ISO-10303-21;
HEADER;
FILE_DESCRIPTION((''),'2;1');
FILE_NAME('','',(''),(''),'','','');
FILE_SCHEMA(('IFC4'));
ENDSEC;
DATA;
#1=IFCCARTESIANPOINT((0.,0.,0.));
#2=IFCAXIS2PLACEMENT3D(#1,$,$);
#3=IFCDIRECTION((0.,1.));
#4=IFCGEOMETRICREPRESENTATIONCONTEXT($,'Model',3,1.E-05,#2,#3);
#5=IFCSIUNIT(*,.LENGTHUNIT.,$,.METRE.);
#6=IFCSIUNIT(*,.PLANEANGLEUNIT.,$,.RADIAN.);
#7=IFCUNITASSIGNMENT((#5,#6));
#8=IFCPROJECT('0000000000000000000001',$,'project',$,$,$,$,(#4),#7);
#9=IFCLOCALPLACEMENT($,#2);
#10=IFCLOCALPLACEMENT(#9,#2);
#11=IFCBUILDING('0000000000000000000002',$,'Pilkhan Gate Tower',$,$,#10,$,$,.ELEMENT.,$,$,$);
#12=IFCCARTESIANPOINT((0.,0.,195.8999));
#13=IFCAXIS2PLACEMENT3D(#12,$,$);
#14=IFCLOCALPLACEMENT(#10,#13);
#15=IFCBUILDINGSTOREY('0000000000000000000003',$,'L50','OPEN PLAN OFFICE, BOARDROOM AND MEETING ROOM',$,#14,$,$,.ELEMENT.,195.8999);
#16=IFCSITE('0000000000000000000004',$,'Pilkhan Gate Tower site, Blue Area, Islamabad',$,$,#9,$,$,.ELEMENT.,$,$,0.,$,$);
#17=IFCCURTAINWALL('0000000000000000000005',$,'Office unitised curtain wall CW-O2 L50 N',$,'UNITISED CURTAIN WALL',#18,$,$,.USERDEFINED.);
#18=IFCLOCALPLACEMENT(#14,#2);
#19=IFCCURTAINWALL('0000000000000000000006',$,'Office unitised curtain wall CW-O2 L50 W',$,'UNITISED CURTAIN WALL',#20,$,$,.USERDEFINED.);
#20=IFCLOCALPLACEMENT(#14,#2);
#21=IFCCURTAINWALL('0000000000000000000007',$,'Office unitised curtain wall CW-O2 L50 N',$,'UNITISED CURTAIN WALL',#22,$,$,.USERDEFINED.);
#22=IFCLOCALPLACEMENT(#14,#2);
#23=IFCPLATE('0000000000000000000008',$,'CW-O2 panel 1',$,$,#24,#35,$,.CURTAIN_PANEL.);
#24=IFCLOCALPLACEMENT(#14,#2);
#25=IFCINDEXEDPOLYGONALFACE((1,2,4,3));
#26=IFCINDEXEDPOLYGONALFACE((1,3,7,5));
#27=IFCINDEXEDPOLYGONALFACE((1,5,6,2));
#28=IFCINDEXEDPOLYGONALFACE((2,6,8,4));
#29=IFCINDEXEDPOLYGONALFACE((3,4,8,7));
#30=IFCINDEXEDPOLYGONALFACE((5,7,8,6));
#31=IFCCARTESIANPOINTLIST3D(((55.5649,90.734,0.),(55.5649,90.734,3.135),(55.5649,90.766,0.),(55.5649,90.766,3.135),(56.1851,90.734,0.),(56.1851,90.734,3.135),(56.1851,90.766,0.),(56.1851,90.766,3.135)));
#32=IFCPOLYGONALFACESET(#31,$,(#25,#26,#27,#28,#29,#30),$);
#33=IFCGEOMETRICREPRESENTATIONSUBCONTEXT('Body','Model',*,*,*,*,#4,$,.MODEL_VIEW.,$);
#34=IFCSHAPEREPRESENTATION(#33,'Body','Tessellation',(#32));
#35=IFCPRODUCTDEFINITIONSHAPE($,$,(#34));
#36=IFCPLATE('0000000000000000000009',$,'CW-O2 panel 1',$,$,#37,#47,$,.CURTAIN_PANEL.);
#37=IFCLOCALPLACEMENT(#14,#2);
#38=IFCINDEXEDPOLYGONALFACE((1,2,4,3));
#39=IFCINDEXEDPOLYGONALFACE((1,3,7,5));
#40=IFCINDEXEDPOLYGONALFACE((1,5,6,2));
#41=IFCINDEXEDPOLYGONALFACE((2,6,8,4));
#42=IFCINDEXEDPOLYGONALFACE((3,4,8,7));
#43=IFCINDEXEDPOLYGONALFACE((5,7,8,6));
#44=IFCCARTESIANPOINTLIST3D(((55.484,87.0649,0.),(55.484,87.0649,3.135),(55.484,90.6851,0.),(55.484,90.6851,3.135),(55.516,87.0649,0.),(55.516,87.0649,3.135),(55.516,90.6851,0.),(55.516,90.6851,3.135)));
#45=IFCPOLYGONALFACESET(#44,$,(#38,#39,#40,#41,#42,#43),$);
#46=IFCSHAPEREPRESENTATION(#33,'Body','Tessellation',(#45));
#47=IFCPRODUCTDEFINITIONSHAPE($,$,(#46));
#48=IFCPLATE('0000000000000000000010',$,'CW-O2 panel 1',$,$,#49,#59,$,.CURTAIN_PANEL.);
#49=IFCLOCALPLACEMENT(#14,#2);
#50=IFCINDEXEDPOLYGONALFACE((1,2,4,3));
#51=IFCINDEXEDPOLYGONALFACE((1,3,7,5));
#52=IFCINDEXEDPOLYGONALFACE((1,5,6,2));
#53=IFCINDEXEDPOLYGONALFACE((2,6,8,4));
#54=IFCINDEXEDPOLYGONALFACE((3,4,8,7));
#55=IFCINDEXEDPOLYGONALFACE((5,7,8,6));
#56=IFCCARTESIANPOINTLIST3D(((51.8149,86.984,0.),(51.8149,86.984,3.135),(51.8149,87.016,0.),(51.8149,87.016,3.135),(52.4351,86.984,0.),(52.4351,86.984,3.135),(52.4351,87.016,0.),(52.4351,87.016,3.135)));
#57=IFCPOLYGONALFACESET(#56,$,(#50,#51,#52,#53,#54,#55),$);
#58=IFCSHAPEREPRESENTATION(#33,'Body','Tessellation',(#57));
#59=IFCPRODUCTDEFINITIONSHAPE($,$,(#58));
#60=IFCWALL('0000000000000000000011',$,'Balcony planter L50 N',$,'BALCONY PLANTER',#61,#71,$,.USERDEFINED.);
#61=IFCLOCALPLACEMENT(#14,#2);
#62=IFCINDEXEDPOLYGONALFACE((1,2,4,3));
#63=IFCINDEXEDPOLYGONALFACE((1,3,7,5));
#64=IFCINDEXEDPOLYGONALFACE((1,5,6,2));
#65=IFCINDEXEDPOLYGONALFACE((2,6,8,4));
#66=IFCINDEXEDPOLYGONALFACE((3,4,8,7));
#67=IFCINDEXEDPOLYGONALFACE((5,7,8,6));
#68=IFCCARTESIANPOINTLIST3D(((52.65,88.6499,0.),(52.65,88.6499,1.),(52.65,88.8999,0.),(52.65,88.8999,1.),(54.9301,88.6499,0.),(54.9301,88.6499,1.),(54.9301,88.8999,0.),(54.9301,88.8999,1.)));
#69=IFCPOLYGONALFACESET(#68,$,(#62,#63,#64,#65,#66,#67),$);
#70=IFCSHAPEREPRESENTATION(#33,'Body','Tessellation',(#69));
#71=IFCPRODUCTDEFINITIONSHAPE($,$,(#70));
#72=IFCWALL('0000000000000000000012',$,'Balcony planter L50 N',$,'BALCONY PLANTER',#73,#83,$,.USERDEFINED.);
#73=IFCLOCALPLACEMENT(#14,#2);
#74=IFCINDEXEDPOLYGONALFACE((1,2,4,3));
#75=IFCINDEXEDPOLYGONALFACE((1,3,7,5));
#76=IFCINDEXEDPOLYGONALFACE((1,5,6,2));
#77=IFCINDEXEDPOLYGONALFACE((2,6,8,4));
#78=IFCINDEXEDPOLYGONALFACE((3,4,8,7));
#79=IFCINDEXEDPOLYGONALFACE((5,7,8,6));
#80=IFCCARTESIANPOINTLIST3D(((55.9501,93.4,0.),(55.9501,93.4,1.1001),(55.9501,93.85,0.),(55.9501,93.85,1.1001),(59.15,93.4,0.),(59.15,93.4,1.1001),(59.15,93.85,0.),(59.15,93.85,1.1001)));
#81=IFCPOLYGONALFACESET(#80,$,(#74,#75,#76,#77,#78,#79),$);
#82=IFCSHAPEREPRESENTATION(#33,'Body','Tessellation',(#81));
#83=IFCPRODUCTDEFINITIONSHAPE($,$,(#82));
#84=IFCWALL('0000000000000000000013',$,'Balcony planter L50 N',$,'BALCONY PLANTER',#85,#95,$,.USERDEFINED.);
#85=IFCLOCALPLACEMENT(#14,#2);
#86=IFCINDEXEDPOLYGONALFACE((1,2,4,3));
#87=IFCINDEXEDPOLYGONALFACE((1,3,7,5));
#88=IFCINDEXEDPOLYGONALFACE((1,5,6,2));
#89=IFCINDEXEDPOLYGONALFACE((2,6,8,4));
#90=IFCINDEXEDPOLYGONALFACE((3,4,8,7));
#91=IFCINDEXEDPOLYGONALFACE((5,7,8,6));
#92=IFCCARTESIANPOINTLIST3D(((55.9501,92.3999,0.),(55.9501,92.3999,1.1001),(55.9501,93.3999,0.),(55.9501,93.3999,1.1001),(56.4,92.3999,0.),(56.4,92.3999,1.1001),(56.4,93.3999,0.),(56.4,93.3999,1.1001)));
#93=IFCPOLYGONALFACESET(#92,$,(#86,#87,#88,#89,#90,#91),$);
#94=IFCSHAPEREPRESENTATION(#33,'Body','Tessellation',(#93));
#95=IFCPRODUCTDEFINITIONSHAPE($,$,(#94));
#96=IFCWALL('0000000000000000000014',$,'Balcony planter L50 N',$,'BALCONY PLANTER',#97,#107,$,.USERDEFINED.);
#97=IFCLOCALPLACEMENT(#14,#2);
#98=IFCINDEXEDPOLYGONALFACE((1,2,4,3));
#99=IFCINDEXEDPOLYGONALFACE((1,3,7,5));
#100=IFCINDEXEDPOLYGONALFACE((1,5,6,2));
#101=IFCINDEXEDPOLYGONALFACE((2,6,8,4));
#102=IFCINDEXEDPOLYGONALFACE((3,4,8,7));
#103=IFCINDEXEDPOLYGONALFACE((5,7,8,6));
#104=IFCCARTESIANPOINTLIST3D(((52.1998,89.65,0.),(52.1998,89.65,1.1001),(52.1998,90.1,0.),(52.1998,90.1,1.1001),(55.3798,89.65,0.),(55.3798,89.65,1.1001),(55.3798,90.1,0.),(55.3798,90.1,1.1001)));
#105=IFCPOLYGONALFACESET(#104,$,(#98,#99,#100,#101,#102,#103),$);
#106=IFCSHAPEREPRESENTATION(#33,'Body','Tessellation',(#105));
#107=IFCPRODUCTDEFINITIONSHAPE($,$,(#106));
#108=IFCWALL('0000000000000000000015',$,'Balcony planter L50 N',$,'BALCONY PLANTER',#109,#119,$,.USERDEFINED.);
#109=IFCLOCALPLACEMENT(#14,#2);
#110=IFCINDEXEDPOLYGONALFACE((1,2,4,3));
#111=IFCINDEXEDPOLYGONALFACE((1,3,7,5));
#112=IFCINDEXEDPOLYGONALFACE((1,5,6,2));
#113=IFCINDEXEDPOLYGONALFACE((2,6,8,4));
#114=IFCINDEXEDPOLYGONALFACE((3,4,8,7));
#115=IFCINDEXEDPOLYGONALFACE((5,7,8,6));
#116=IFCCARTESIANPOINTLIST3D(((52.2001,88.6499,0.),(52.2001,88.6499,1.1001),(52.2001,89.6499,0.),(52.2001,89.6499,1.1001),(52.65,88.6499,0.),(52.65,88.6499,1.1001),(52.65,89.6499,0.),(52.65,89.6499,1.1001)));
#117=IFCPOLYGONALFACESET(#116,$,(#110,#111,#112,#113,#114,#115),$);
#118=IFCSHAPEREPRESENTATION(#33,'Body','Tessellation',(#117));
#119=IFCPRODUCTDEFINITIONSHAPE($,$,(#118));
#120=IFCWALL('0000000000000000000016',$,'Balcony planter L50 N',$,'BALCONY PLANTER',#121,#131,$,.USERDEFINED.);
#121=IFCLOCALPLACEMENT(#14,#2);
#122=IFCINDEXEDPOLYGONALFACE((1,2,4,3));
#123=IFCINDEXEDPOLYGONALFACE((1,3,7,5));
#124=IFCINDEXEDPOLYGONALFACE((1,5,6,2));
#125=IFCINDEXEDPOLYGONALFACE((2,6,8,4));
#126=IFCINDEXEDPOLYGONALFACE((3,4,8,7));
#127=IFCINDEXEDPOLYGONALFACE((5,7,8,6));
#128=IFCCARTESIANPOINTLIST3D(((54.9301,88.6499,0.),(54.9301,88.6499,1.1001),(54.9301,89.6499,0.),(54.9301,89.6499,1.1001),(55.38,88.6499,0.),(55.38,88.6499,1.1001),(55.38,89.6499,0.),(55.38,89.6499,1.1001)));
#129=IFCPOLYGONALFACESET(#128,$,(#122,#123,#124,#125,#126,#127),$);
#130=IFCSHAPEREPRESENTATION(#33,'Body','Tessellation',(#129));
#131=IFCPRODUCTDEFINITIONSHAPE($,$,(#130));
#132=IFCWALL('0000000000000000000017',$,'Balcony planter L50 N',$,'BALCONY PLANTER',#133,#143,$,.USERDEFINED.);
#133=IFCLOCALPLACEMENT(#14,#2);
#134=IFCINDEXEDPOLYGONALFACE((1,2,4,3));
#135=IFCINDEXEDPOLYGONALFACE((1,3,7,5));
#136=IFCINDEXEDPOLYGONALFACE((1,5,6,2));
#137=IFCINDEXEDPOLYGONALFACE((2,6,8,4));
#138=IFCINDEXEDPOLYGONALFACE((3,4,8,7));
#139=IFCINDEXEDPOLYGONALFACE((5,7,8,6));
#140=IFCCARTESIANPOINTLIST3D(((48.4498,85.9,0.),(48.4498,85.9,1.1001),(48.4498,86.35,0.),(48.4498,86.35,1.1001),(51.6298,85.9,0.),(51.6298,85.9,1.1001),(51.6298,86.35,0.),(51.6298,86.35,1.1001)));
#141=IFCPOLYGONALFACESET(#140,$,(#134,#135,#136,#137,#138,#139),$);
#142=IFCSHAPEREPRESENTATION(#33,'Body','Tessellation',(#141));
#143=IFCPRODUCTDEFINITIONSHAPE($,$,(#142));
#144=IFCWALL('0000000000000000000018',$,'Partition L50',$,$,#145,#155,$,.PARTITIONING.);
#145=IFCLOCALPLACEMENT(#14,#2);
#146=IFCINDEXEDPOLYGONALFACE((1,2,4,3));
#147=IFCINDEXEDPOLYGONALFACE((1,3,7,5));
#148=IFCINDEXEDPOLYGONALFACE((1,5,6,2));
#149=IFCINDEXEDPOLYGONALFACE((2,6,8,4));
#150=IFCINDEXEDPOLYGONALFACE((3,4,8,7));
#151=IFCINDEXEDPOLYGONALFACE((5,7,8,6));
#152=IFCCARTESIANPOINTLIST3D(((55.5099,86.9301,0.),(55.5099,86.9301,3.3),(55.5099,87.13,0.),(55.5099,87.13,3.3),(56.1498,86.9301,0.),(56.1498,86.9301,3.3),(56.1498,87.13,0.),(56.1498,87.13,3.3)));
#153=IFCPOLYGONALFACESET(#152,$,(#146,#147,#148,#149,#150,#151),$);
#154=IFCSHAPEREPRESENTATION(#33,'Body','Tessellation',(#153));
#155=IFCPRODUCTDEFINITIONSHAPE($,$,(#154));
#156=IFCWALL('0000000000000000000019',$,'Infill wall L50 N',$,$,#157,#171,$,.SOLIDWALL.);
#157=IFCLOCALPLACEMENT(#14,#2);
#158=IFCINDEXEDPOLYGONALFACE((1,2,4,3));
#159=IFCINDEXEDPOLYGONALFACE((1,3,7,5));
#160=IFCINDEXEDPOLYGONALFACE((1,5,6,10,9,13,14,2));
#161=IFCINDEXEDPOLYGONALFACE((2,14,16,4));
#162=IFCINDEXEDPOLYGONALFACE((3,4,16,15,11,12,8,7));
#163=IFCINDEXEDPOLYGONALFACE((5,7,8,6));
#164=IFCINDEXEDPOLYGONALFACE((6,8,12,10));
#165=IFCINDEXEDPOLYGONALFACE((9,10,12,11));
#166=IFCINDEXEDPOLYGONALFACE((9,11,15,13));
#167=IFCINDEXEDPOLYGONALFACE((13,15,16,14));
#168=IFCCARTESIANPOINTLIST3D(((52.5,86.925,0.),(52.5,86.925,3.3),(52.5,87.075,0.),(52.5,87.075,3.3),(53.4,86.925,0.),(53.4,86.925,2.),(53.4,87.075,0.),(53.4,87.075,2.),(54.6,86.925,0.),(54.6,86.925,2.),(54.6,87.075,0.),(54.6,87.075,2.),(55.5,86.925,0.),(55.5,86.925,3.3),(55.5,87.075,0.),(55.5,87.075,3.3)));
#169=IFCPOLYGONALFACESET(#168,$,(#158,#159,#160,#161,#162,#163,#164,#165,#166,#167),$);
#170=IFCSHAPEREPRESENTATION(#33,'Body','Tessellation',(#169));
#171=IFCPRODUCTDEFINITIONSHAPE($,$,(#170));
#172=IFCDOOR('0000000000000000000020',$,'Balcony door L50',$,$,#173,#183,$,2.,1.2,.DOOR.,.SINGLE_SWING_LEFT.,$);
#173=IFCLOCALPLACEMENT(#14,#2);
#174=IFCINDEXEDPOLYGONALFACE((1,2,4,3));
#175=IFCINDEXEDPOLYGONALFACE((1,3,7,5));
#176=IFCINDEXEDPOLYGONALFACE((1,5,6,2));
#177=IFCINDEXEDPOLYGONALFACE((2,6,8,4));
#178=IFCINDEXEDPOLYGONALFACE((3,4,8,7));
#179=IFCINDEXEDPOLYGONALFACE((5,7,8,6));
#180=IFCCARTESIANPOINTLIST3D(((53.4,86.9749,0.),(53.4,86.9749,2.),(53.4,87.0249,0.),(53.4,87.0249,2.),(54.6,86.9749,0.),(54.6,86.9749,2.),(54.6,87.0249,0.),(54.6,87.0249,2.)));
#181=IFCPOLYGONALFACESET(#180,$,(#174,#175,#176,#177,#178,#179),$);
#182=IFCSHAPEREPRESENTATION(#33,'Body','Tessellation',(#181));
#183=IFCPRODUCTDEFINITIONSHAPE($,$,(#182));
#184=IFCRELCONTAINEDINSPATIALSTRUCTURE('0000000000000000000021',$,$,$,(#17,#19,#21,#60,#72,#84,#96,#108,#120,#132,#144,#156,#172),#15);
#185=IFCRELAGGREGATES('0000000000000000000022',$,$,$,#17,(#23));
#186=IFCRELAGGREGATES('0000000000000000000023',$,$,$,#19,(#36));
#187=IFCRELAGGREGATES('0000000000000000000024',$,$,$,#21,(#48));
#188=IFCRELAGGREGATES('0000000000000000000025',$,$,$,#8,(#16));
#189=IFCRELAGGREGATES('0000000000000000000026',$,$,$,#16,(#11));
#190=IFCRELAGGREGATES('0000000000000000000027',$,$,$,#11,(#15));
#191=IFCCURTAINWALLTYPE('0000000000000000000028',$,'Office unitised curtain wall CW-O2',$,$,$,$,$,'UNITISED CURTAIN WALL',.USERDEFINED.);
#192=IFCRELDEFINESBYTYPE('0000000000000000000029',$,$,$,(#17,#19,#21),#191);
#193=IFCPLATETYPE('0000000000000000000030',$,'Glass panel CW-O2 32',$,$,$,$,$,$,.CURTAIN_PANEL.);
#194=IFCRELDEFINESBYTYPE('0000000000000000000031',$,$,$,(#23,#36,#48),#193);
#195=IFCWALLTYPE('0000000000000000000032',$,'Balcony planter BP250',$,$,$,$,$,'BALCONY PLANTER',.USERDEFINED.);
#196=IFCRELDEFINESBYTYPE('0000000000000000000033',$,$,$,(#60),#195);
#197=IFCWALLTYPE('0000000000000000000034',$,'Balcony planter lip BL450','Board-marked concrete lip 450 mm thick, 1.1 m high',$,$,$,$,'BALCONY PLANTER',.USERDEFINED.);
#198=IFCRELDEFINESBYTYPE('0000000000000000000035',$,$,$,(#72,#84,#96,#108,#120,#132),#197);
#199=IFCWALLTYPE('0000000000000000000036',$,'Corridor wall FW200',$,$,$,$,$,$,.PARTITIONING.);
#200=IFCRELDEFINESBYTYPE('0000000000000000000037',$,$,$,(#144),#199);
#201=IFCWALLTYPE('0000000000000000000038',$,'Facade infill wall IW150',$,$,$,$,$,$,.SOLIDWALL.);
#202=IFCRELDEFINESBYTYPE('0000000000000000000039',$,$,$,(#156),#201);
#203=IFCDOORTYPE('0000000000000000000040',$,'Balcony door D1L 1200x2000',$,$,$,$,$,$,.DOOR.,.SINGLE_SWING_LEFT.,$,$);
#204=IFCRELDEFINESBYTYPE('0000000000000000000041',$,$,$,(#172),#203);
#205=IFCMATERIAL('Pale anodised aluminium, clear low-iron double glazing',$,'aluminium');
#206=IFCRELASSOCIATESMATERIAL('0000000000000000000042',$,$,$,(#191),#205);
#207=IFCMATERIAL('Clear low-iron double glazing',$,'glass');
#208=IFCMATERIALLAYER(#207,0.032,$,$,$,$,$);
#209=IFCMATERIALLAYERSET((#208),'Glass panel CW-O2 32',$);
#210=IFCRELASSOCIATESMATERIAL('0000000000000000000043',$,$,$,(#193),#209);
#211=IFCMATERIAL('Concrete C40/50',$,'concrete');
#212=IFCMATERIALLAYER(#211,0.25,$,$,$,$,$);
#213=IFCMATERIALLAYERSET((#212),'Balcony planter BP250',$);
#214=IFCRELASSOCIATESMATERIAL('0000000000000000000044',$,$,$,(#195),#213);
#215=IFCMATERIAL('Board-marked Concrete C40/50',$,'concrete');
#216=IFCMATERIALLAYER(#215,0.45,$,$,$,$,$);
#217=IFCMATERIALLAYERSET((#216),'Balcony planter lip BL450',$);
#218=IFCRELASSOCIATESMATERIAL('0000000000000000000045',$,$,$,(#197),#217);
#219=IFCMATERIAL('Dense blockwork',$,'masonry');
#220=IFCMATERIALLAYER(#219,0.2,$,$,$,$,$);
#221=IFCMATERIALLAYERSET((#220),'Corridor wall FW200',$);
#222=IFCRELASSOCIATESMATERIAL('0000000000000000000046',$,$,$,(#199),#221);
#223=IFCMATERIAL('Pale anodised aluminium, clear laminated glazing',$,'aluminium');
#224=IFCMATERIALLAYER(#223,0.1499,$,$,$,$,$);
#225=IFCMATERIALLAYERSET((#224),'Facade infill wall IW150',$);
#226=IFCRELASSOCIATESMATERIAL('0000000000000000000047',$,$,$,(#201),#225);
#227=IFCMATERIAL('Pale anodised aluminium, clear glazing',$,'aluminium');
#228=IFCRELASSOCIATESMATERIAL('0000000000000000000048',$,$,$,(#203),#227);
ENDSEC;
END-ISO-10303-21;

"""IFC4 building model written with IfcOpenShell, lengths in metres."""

from ifc_helpers import new_model, si_unit, direction, frame, frame_2d, origin, origin_2d, place, context, subcontext, project, spatial, rectangle, extrude, material, layer, layer_set, type_object, element, fill, aggregate, save


model = new_model("IFC4")

# Units and contexts
model_context = context("Model", 3, precision=1e-05, world=origin(), true_north=direction((0.0, 1.0)))
body_context = subcontext(model_context, "Body", "Model", "MODEL_VIEW")
ifc_project = project(units=[si_unit("LENGTHUNIT", "METRE"), si_unit("PLANEANGLEUNIT", "RADIAN")], contexts=[model_context])

# Site, building, storey
site_placement = place(None, origin())
site = spatial("IfcSite", under=ifc_project, at=site_placement, Name="Pilkhan Gate Tower site, Blue Area, Islamabad", CompositionType="ELEMENT", RefElevation=0.0)
building_placement = place(site_placement, origin())
building = spatial("IfcBuilding", under=site, at=building_placement, Name="Pilkhan Gate Tower", CompositionType="ELEMENT")
storey_placement = place(building_placement, frame((0.0, 0.0, 195.8999)))
storey = spatial("IfcBuildingStorey", under=building, at=storey_placement, Name="L50", Description="OPEN PLAN OFFICE, BOARDROOM AND MEETING ROOM", CompositionType="ELEMENT", Elevation=195.8999)

# Curtain wall
ifc_material_1 = material(Name="Pale anodised aluminium, clear low-iron double glazing", Category="aluminium")
curtain_wall_type = type_object("IfcCurtainWallType", Name="Office unitised curtain wall CW-O2", ElementType="UNITISED CURTAIN WALL", PredefinedType="USERDEFINED", material=ifc_material_1)
curtain_wall_1_placement = place(storey_placement, origin())
curtain_wall_1 = element("IfcCurtainWall", 1, at=curtain_wall_1_placement, inside=storey, type_object=curtain_wall_type, Name="Office unitised curtain wall CW-O2 L50 N", ObjectType="UNITISED CURTAIN WALL", PredefinedType="USERDEFINED")

# Curtain walls
curtain_wall_2_placement = place(storey_placement, origin())
curtain_wall_2 = element("IfcCurtainWall", 2, at=curtain_wall_2_placement, inside=storey, type_object=curtain_wall_type, Name="Office unitised curtain wall CW-O2 L50 W", ObjectType="UNITISED CURTAIN WALL", PredefinedType="USERDEFINED")
curtain_wall_3_placement = place(storey_placement, origin())
curtain_wall_3 = element("IfcCurtainWall", 3, at=curtain_wall_3_placement, inside=storey, type_object=curtain_wall_type, Name="Office unitised curtain wall CW-O2 L50 N", ObjectType="UNITISED CURTAIN WALL", PredefinedType="USERDEFINED")

# Plates
ifc_material_2 = material(Name="Clear low-iron double glazing", Category="glass")
ifc_layer_1 = layer(ifc_material_2, 0.032)
ifc_layer_set_1 = layer_set([ifc_layer_1], Name="Glass panel CW-O2 32")
plate_type = type_object("IfcPlateType", Name="Glass panel CW-O2 32", PredefinedType="CURTAIN_PANEL", material=ifc_layer_set_1)
plate_1_placement = place(storey_placement, frame((55.875, 90.75, 0.0), z_axis=(0.0, 0.0, 1.0), x_axis=(1.0, 0.0, 0.0)))
plate_1 = element("IfcPlate", 4, at=plate_1_placement, type_object=plate_type, Name="CW-O2 panel 1", PredefinedType="CURTAIN_PANEL", context=body_context, shape_type="SweptSolid", body=[
    extrude(rectangle(XDim=0.6201, YDim=0.032, at=origin_2d()), origin(), (0.0, 0.0, 1.0), 3.135),
])
aggregate(curtain_wall_1, [plate_1])
plate_2_placement = place(storey_placement, frame((55.5, 88.875, 0.0), z_axis=(0.0, 0.0, 1.0), x_axis=(0.0, 1.0, 0.0)))
plate_2 = element("IfcPlate", 5, at=plate_2_placement, type_object=plate_type, Name="CW-O2 panel 1", PredefinedType="CURTAIN_PANEL", context=body_context, shape_type="SweptSolid", body=[
    extrude(rectangle(XDim=3.6201, YDim=0.032, at=origin_2d()), origin(), (0.0, 0.0, 1.0), 3.135),
])
aggregate(curtain_wall_2, [plate_2])
plate_3_placement = place(storey_placement, frame((52.125, 87.0, 0.0), z_axis=(0.0, 0.0, 1.0), x_axis=(1.0, 0.0, 0.0)))
plate_3 = element("IfcPlate", 6, at=plate_3_placement, type_object=plate_type, Name="CW-O2 panel 1", PredefinedType="CURTAIN_PANEL", context=body_context, shape_type="SweptSolid", body=[
    extrude(rectangle(XDim=0.6201, YDim=0.032, at=origin_2d()), origin(), (0.0, 0.0, 1.0), 3.135),
])
aggregate(curtain_wall_3, [plate_3])

# Walls
ifc_material_3 = material(Name="Concrete C40/50", Category="concrete")
ifc_layer_2 = layer(ifc_material_3, 0.25)
ifc_layer_set_2 = layer_set([ifc_layer_2], Name="Balcony planter BP250")
wall_type_1 = type_object("IfcWallType", Name="Balcony planter BP250", ElementType="BALCONY PLANTER", PredefinedType="USERDEFINED", material=ifc_layer_set_2)
wall_1_placement = place(storey_placement, frame((52.6499, 88.7749, 0.0), z_axis=(0.0, 0.0, 1.0), x_axis=(1.0, 0.0, 0.0)))
element("IfcWall", 7, at=wall_1_placement, inside=storey, type_object=wall_type_1, Name="Balcony planter L50 N", ObjectType="BALCONY PLANTER", PredefinedType="USERDEFINED", context=body_context, shape_type="SweptSolid", body=[
    extrude(rectangle(XDim=2.28, YDim=0.25, at=frame_2d((1.1401, 0.0))), origin(), (0.0, 0.0, 1.0), 1.0),
])
ifc_material_4 = material(Name="Board-marked Concrete C40/50", Category="concrete")
ifc_layer_3 = layer(ifc_material_4, 0.45)
ifc_layer_set_3 = layer_set([ifc_layer_3], Name="Balcony planter lip BL450")
wall_type_2 = type_object("IfcWallType", Name="Balcony planter lip BL450", Description="Board-marked concrete lip 450 mm thick, 1.1 m high", ElementType="BALCONY PLANTER", PredefinedType="USERDEFINED", material=ifc_layer_set_3)
wall_2_placement = place(storey_placement, frame((55.95, 93.625, 0.0), z_axis=(0.0, 0.0, 1.0), x_axis=(1.0, 0.0, 0.0)))
element("IfcWall", 8, at=wall_2_placement, inside=storey, type_object=wall_type_2, Name="Balcony planter L50 N", ObjectType="BALCONY PLANTER", PredefinedType="USERDEFINED", context=body_context, shape_type="SweptSolid", body=[
    extrude(rectangle(XDim=3.2, YDim=0.45, at=frame_2d((1.6001, 0.0))), origin(), (0.0, 0.0, 1.0), 1.1001),
])
wall_3_placement = place(storey_placement, frame((56.175, 92.3999, 0.0), z_axis=(0.0, 0.0, 1.0), x_axis=(0.0, 1.0, 0.0)))
element("IfcWall", 9, at=wall_3_placement, inside=storey, type_object=wall_type_2, Name="Balcony planter L50 N", ObjectType="BALCONY PLANTER", PredefinedType="USERDEFINED", context=body_context, shape_type="SweptSolid", body=[
    extrude(rectangle(XDim=1.0, YDim=0.45, at=frame_2d((0.5, 0.0))), origin(), (0.0, 0.0, 1.0), 1.1001),
])
wall_4_placement = place(storey_placement, frame((52.2, 89.875, 0.0), z_axis=(0.0, 0.0, 1.0), x_axis=(1.0, 0.0, 0.0)))
element("IfcWall", 10, at=wall_4_placement, inside=storey, type_object=wall_type_2, Name="Balcony planter L50 N", ObjectType="BALCONY PLANTER", PredefinedType="USERDEFINED", context=body_context, shape_type="SweptSolid", body=[
    extrude(rectangle(XDim=3.1799, YDim=0.45, at=frame_2d((1.5898, 0.0))), origin(), (0.0, 0.0, 1.0), 1.1001),
])
for number, where, z_axis, x_axis, name in (
    (11, (52.425, 88.6499, 0.0), (0.0, 0.0, 1.0), (0.0, 1.0, 0.0), "Balcony planter L50 N"),
    (12, (55.155, 88.6499, 0.0), (0.0, 0.0, 1.0), (0.0, 1.0, 0.0), "Balcony planter L50 N"),
):
    element("IfcWall", number, at=place(storey_placement, frame(where, z_axis=z_axis, x_axis=x_axis)), inside=storey, type_object=wall_type_2, Name=name, ObjectType="BALCONY PLANTER", PredefinedType="USERDEFINED", context=body_context, shape_type="SweptSolid", body=[
        extrude(rectangle(XDim=1.0, YDim=0.45, at=frame_2d((0.5, 0.0))), origin(), (0.0, 0.0, 1.0), 1.1001),
    ])
wall_5_placement = place(storey_placement, frame((48.45, 86.125, 0.0), z_axis=(0.0, 0.0, 1.0), x_axis=(1.0, 0.0, 0.0)))
element("IfcWall", 13, at=wall_5_placement, inside=storey, type_object=wall_type_2, Name="Balcony planter L50 N", ObjectType="BALCONY PLANTER", PredefinedType="USERDEFINED", context=body_context, shape_type="SweptSolid", body=[
    extrude(rectangle(XDim=3.1799, YDim=0.45, at=frame_2d((1.5898, 0.0))), origin(), (0.0, 0.0, 1.0), 1.1001),
])
ifc_material_5 = material(Name="Dense blockwork", Category="masonry")
ifc_layer_4 = layer(ifc_material_5, 0.2)
ifc_layer_set_4 = layer_set([ifc_layer_4], Name="Corridor wall FW200")
wall_type_3 = type_object("IfcWallType", Name="Corridor wall FW200", PredefinedType="PARTITIONING", material=ifc_layer_set_4)
wall_6_placement = place(storey_placement, frame((55.51, 87.03, 0.0), z_axis=(0.0, 0.0, 1.0), x_axis=(1.0, 0.0, 0.0)))
element("IfcWall", 14, at=wall_6_placement, inside=storey, type_object=wall_type_3, Name="Partition L50", PredefinedType="PARTITIONING", context=body_context, shape_type="SweptSolid", body=[
    extrude(rectangle(XDim=0.6399, YDim=0.2, at=frame_2d((0.3198, 0.0))), origin(), (0.0, 0.0, 1.0), 3.3),
])

# Wall, opening, door
ifc_material_6 = material(Name="Pale anodised aluminium, clear laminated glazing", Category="aluminium")
ifc_layer_5 = layer(ifc_material_6, 0.1499)
ifc_layer_set_5 = layer_set([ifc_layer_5], Name="Facade infill wall IW150")
wall_type_4 = type_object("IfcWallType", Name="Facade infill wall IW150", PredefinedType="SOLIDWALL", material=ifc_layer_set_5)
wall_7_placement = place(storey_placement, frame((52.5, 87.0, 0.0), z_axis=(0.0, 0.0, 1.0), x_axis=(1.0, 0.0, 0.0)))
wall_7 = element("IfcWall", 15, at=wall_7_placement, inside=storey, type_object=wall_type_4, Name="Infill wall L50 N", PredefinedType="SOLIDWALL", context=body_context, shape_type="SweptSolid", body=[
    extrude(rectangle(XDim=3.0, YDim=0.1499, at=frame_2d((1.5, 0.0))), origin(), (0.0, 0.0, 1.0), 3.3),
])
opening_placement = place(wall_7_placement, frame((0.8999, 0.0, 0.0)))
opening = element("IfcOpeningElement", 16, at=opening_placement, cuts=wall_7, PredefinedType="OPENING", context=body_context, shape_type="SweptSolid", body=[
    extrude(rectangle(XDim=1.2, YDim=2.0, at=frame_2d((0.6001, 1.0))), frame((0.0, 0.085, 0.0), z_axis=(0.0, -1.0, 0.0), x_axis=(1.0, 0.0, 0.0)), (0.0, 0.0, 1.0), 0.1699),
])
ifc_material_7 = material(Name="Pale anodised aluminium, clear glazing", Category="aluminium")
door_type = type_object("IfcDoorType", Name="Balcony door D1L 1200x2000", OperationType="SINGLE_SWING_LEFT", PredefinedType="DOOR", material=ifc_material_7)
door_placement = place(opening_placement, origin())
door = element("IfcDoor", 17, at=door_placement, inside=storey, type_object=door_type, Name="Balcony door L50", OperationType="SINGLE_SWING_LEFT", OverallHeight=2.0, OverallWidth=1.2, PredefinedType="DOOR", context=body_context, shape_type="SweptSolid", body=[
    extrude(rectangle(XDim=1.2, YDim=2.0, at=frame_2d((0.6001, 1.0))), frame((0.0, 0.0249, 0.0), z_axis=(0.0, -1.0, 0.0), x_axis=(1.0, 0.0, 0.0)), (0.0, 0.0, 1.0), 0.05),
])
fill(opening, door)

save(model, "model.ifc")
